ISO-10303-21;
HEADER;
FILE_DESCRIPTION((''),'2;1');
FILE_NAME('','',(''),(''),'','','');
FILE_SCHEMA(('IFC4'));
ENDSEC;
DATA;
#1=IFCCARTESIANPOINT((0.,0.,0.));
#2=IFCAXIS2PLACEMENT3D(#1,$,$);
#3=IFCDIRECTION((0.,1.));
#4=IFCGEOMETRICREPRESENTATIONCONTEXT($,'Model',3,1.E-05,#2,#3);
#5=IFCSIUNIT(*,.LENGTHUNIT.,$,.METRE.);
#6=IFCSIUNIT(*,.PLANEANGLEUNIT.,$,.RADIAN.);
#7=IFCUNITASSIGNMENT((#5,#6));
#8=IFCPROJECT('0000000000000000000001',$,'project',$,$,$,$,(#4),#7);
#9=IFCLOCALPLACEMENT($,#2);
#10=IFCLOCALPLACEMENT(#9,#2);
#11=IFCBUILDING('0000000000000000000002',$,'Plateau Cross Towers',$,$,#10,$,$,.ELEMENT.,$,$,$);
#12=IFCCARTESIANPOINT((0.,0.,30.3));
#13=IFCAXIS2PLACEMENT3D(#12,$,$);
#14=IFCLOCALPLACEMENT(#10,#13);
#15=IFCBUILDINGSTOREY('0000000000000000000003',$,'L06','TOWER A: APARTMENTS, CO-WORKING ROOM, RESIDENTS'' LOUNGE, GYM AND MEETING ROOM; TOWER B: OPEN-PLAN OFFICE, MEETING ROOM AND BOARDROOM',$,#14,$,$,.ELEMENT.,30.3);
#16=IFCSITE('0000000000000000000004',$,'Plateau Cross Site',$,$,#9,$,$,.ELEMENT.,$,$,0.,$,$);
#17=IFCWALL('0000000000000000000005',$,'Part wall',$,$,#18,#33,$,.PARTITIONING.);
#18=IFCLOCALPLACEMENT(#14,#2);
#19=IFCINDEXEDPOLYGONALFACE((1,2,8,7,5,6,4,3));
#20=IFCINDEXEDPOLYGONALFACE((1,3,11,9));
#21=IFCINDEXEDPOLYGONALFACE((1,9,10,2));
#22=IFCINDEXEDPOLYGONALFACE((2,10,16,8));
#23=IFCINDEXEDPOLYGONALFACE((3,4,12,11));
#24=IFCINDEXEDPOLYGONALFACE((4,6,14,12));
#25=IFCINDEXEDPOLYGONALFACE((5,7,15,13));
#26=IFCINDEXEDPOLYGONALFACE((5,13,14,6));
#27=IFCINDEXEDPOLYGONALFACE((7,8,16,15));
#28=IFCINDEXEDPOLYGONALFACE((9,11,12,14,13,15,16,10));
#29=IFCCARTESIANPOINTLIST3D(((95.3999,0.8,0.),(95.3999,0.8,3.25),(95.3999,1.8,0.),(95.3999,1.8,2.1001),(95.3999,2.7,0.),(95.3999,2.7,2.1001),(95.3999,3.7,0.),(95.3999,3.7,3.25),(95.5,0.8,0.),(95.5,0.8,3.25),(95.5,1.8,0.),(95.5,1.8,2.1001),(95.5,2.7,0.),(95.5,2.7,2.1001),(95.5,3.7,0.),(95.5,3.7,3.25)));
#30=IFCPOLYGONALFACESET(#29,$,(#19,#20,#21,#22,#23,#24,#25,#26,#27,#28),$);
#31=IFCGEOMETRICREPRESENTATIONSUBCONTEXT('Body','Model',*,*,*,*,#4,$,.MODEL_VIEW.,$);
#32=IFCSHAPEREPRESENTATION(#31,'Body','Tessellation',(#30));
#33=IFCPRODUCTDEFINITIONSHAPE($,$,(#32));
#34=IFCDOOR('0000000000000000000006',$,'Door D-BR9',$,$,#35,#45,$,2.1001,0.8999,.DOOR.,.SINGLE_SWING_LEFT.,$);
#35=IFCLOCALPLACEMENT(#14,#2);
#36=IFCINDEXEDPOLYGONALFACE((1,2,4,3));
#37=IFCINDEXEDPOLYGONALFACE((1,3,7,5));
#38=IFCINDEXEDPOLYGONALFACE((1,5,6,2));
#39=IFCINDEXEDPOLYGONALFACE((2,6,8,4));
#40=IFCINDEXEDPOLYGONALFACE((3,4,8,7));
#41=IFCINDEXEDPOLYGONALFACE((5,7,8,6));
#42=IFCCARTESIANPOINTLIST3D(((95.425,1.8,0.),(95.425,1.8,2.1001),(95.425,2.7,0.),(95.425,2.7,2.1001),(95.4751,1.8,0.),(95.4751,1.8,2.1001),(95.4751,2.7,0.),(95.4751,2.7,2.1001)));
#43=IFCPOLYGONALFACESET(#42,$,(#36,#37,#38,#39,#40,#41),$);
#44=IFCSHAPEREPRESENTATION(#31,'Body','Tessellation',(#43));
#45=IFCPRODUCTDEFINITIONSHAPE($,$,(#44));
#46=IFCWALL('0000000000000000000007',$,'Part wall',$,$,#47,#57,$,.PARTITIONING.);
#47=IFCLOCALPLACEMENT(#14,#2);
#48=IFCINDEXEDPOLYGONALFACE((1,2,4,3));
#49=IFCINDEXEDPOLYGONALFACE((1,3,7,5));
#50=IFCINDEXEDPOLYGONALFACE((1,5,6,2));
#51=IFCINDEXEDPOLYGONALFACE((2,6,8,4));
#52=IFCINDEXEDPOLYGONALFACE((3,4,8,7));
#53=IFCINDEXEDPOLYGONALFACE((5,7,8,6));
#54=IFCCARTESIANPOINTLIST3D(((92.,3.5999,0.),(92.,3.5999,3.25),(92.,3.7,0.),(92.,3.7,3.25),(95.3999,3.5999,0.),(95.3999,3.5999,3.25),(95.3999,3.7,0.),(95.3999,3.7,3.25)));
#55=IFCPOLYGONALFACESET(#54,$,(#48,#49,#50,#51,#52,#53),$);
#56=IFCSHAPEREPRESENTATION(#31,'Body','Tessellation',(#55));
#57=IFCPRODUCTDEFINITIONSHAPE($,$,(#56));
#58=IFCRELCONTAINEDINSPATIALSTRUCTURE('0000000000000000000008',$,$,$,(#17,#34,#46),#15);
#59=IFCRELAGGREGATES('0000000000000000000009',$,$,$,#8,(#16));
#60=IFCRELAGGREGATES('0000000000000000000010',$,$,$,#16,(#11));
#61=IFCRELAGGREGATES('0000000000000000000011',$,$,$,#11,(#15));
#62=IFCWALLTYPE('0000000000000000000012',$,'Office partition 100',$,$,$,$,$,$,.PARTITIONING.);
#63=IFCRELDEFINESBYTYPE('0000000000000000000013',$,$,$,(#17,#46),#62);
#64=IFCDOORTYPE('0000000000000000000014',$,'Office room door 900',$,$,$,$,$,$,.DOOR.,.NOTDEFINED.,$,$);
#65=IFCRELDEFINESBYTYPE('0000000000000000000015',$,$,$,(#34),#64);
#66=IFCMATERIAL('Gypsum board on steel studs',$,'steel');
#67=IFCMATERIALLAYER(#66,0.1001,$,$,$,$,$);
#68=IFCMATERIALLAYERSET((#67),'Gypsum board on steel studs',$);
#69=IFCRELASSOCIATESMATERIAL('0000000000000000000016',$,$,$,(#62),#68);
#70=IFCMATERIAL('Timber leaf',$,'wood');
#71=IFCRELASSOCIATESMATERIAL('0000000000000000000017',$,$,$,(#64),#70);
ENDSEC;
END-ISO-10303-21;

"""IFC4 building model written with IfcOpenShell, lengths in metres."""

from ifc_helpers import new_model, si_unit, direction, frame, frame_2d, origin, place, context, subcontext, project, spatial, rectangle, extrude, material, layer, layer_set, type_object, element, fill, save


model = new_model("IFC4")

# Units and contexts
model_context = context("Model", 3, precision=1e-05, world=origin(), true_north=direction((0.0, 1.0)))
body_context = subcontext(model_context, "Body", "Model", "MODEL_VIEW")
ifc_project = project(units=[si_unit("LENGTHUNIT", "METRE"), si_unit("PLANEANGLEUNIT", "RADIAN")], contexts=[model_context])

# Site, building, storey
site_placement = place(None, origin())
site = spatial("IfcSite", under=ifc_project, at=site_placement, Name="Plateau Cross Site", CompositionType="ELEMENT", RefElevation=0.0)
building_placement = place(site_placement, origin())
building = spatial("IfcBuilding", under=site, at=building_placement, Name="Plateau Cross Towers", CompositionType="ELEMENT")
storey_placement = place(building_placement, frame((0.0, 0.0, 30.3)))
storey = spatial("IfcBuildingStorey", under=building, at=storey_placement, Name="L06", Description="TOWER A: APARTMENTS, CO-WORKING ROOM, RESIDENTS' LOUNGE, GYM AND MEETING ROOM; TOWER B: OPEN-PLAN OFFICE, MEETING ROOM AND BOARDROOM", CompositionType="ELEMENT", Elevation=30.3)

# Wall, opening, door
ifc_material_1 = material(Name="Gypsum board on steel studs", Category="steel")
ifc_layer_1 = layer(ifc_material_1, 0.1001)
ifc_layer_set_1 = layer_set([ifc_layer_1], Name="Gypsum board on steel studs")
wall_type_1 = type_object("IfcWallType", Name="Office partition 100", PredefinedType="PARTITIONING", material=ifc_layer_set_1)
wall_1_placement = place(storey_placement, frame((95.45, 0.8, 0.0), z_axis=(0.0, 0.0, 1.0), x_axis=(0.0, 1.0, 0.0)))
wall_1 = element("IfcWall", 1, at=wall_1_placement, inside=storey, type_object=wall_type_1, Name="Part wall", PredefinedType="PARTITIONING", context=body_context, shape_type="SweptSolid", body=[
    extrude(rectangle(XDim=2.8999, YDim=0.1001, at=frame_2d((1.45, 0.0))), origin(), (0.0, 0.0, 1.0), 3.25),
])
opening_1_placement = place(wall_1_placement, frame((1.0, 0.0, 0.0)))
opening_1 = element("IfcOpeningElement", 2, at=opening_1_placement, cuts=wall_1, PredefinedType="OPENING", context=body_context, shape_type="SweptSolid", body=[
    extrude(rectangle(XDim=0.8999, YDim=2.1001, at=frame_2d((0.45, 1.05))), frame((0.0, 0.0601, 0.0), z_axis=(0.0, -1.0, 0.0), x_axis=(1.0, 0.0, 0.0)), (0.0, 0.0, 1.0), 0.1201),
])
ifc_material_2 = material(Name="Timber leaf", Category="wood")
door_type_1 = type_object("IfcDoorType", Name="Office room door 900", OperationType="NOTDEFINED", PredefinedType="DOOR", material=ifc_material_2)
door_1_placement = place(opening_1_placement, origin())
door_1 = element("IfcDoor", 3, at=door_1_placement, inside=storey, type_object=door_type_1, Name="Door D-BR9", OperationType="SINGLE_SWING_LEFT", OverallHeight=2.1001, OverallWidth=0.8999, PredefinedType="DOOR", context=body_context, shape_type="SweptSolid", body=[
    extrude(rectangle(XDim=0.8999, YDim=2.1001, at=frame_2d((0.45, 1.05))), frame((0.0, 0.0249, 0.0), z_axis=(0.0, -1.0, 0.0), x_axis=(1.0, 0.0, 0.0)), (0.0, 0.0, 1.0), 0.05),
])
fill(opening_1, door_1)

# Wall
wall_2_placement = place(storey_placement, frame((92.0, 3.6499, 0.0), z_axis=(0.0, 0.0, 1.0), x_axis=(1.0, 0.0, 0.0)))
element("IfcWall", 4, at=wall_2_placement, inside=storey, type_object=wall_type_1, Name="Part wall", PredefinedType="PARTITIONING", context=body_context, shape_type="SweptSolid", body=[
    extrude(rectangle(XDim=3.3999, YDim=0.1001, at=frame_2d((1.7, 0.0))), origin(), (0.0, 0.0, 1.0), 3.25),
])

save(model, "model.ifc")
